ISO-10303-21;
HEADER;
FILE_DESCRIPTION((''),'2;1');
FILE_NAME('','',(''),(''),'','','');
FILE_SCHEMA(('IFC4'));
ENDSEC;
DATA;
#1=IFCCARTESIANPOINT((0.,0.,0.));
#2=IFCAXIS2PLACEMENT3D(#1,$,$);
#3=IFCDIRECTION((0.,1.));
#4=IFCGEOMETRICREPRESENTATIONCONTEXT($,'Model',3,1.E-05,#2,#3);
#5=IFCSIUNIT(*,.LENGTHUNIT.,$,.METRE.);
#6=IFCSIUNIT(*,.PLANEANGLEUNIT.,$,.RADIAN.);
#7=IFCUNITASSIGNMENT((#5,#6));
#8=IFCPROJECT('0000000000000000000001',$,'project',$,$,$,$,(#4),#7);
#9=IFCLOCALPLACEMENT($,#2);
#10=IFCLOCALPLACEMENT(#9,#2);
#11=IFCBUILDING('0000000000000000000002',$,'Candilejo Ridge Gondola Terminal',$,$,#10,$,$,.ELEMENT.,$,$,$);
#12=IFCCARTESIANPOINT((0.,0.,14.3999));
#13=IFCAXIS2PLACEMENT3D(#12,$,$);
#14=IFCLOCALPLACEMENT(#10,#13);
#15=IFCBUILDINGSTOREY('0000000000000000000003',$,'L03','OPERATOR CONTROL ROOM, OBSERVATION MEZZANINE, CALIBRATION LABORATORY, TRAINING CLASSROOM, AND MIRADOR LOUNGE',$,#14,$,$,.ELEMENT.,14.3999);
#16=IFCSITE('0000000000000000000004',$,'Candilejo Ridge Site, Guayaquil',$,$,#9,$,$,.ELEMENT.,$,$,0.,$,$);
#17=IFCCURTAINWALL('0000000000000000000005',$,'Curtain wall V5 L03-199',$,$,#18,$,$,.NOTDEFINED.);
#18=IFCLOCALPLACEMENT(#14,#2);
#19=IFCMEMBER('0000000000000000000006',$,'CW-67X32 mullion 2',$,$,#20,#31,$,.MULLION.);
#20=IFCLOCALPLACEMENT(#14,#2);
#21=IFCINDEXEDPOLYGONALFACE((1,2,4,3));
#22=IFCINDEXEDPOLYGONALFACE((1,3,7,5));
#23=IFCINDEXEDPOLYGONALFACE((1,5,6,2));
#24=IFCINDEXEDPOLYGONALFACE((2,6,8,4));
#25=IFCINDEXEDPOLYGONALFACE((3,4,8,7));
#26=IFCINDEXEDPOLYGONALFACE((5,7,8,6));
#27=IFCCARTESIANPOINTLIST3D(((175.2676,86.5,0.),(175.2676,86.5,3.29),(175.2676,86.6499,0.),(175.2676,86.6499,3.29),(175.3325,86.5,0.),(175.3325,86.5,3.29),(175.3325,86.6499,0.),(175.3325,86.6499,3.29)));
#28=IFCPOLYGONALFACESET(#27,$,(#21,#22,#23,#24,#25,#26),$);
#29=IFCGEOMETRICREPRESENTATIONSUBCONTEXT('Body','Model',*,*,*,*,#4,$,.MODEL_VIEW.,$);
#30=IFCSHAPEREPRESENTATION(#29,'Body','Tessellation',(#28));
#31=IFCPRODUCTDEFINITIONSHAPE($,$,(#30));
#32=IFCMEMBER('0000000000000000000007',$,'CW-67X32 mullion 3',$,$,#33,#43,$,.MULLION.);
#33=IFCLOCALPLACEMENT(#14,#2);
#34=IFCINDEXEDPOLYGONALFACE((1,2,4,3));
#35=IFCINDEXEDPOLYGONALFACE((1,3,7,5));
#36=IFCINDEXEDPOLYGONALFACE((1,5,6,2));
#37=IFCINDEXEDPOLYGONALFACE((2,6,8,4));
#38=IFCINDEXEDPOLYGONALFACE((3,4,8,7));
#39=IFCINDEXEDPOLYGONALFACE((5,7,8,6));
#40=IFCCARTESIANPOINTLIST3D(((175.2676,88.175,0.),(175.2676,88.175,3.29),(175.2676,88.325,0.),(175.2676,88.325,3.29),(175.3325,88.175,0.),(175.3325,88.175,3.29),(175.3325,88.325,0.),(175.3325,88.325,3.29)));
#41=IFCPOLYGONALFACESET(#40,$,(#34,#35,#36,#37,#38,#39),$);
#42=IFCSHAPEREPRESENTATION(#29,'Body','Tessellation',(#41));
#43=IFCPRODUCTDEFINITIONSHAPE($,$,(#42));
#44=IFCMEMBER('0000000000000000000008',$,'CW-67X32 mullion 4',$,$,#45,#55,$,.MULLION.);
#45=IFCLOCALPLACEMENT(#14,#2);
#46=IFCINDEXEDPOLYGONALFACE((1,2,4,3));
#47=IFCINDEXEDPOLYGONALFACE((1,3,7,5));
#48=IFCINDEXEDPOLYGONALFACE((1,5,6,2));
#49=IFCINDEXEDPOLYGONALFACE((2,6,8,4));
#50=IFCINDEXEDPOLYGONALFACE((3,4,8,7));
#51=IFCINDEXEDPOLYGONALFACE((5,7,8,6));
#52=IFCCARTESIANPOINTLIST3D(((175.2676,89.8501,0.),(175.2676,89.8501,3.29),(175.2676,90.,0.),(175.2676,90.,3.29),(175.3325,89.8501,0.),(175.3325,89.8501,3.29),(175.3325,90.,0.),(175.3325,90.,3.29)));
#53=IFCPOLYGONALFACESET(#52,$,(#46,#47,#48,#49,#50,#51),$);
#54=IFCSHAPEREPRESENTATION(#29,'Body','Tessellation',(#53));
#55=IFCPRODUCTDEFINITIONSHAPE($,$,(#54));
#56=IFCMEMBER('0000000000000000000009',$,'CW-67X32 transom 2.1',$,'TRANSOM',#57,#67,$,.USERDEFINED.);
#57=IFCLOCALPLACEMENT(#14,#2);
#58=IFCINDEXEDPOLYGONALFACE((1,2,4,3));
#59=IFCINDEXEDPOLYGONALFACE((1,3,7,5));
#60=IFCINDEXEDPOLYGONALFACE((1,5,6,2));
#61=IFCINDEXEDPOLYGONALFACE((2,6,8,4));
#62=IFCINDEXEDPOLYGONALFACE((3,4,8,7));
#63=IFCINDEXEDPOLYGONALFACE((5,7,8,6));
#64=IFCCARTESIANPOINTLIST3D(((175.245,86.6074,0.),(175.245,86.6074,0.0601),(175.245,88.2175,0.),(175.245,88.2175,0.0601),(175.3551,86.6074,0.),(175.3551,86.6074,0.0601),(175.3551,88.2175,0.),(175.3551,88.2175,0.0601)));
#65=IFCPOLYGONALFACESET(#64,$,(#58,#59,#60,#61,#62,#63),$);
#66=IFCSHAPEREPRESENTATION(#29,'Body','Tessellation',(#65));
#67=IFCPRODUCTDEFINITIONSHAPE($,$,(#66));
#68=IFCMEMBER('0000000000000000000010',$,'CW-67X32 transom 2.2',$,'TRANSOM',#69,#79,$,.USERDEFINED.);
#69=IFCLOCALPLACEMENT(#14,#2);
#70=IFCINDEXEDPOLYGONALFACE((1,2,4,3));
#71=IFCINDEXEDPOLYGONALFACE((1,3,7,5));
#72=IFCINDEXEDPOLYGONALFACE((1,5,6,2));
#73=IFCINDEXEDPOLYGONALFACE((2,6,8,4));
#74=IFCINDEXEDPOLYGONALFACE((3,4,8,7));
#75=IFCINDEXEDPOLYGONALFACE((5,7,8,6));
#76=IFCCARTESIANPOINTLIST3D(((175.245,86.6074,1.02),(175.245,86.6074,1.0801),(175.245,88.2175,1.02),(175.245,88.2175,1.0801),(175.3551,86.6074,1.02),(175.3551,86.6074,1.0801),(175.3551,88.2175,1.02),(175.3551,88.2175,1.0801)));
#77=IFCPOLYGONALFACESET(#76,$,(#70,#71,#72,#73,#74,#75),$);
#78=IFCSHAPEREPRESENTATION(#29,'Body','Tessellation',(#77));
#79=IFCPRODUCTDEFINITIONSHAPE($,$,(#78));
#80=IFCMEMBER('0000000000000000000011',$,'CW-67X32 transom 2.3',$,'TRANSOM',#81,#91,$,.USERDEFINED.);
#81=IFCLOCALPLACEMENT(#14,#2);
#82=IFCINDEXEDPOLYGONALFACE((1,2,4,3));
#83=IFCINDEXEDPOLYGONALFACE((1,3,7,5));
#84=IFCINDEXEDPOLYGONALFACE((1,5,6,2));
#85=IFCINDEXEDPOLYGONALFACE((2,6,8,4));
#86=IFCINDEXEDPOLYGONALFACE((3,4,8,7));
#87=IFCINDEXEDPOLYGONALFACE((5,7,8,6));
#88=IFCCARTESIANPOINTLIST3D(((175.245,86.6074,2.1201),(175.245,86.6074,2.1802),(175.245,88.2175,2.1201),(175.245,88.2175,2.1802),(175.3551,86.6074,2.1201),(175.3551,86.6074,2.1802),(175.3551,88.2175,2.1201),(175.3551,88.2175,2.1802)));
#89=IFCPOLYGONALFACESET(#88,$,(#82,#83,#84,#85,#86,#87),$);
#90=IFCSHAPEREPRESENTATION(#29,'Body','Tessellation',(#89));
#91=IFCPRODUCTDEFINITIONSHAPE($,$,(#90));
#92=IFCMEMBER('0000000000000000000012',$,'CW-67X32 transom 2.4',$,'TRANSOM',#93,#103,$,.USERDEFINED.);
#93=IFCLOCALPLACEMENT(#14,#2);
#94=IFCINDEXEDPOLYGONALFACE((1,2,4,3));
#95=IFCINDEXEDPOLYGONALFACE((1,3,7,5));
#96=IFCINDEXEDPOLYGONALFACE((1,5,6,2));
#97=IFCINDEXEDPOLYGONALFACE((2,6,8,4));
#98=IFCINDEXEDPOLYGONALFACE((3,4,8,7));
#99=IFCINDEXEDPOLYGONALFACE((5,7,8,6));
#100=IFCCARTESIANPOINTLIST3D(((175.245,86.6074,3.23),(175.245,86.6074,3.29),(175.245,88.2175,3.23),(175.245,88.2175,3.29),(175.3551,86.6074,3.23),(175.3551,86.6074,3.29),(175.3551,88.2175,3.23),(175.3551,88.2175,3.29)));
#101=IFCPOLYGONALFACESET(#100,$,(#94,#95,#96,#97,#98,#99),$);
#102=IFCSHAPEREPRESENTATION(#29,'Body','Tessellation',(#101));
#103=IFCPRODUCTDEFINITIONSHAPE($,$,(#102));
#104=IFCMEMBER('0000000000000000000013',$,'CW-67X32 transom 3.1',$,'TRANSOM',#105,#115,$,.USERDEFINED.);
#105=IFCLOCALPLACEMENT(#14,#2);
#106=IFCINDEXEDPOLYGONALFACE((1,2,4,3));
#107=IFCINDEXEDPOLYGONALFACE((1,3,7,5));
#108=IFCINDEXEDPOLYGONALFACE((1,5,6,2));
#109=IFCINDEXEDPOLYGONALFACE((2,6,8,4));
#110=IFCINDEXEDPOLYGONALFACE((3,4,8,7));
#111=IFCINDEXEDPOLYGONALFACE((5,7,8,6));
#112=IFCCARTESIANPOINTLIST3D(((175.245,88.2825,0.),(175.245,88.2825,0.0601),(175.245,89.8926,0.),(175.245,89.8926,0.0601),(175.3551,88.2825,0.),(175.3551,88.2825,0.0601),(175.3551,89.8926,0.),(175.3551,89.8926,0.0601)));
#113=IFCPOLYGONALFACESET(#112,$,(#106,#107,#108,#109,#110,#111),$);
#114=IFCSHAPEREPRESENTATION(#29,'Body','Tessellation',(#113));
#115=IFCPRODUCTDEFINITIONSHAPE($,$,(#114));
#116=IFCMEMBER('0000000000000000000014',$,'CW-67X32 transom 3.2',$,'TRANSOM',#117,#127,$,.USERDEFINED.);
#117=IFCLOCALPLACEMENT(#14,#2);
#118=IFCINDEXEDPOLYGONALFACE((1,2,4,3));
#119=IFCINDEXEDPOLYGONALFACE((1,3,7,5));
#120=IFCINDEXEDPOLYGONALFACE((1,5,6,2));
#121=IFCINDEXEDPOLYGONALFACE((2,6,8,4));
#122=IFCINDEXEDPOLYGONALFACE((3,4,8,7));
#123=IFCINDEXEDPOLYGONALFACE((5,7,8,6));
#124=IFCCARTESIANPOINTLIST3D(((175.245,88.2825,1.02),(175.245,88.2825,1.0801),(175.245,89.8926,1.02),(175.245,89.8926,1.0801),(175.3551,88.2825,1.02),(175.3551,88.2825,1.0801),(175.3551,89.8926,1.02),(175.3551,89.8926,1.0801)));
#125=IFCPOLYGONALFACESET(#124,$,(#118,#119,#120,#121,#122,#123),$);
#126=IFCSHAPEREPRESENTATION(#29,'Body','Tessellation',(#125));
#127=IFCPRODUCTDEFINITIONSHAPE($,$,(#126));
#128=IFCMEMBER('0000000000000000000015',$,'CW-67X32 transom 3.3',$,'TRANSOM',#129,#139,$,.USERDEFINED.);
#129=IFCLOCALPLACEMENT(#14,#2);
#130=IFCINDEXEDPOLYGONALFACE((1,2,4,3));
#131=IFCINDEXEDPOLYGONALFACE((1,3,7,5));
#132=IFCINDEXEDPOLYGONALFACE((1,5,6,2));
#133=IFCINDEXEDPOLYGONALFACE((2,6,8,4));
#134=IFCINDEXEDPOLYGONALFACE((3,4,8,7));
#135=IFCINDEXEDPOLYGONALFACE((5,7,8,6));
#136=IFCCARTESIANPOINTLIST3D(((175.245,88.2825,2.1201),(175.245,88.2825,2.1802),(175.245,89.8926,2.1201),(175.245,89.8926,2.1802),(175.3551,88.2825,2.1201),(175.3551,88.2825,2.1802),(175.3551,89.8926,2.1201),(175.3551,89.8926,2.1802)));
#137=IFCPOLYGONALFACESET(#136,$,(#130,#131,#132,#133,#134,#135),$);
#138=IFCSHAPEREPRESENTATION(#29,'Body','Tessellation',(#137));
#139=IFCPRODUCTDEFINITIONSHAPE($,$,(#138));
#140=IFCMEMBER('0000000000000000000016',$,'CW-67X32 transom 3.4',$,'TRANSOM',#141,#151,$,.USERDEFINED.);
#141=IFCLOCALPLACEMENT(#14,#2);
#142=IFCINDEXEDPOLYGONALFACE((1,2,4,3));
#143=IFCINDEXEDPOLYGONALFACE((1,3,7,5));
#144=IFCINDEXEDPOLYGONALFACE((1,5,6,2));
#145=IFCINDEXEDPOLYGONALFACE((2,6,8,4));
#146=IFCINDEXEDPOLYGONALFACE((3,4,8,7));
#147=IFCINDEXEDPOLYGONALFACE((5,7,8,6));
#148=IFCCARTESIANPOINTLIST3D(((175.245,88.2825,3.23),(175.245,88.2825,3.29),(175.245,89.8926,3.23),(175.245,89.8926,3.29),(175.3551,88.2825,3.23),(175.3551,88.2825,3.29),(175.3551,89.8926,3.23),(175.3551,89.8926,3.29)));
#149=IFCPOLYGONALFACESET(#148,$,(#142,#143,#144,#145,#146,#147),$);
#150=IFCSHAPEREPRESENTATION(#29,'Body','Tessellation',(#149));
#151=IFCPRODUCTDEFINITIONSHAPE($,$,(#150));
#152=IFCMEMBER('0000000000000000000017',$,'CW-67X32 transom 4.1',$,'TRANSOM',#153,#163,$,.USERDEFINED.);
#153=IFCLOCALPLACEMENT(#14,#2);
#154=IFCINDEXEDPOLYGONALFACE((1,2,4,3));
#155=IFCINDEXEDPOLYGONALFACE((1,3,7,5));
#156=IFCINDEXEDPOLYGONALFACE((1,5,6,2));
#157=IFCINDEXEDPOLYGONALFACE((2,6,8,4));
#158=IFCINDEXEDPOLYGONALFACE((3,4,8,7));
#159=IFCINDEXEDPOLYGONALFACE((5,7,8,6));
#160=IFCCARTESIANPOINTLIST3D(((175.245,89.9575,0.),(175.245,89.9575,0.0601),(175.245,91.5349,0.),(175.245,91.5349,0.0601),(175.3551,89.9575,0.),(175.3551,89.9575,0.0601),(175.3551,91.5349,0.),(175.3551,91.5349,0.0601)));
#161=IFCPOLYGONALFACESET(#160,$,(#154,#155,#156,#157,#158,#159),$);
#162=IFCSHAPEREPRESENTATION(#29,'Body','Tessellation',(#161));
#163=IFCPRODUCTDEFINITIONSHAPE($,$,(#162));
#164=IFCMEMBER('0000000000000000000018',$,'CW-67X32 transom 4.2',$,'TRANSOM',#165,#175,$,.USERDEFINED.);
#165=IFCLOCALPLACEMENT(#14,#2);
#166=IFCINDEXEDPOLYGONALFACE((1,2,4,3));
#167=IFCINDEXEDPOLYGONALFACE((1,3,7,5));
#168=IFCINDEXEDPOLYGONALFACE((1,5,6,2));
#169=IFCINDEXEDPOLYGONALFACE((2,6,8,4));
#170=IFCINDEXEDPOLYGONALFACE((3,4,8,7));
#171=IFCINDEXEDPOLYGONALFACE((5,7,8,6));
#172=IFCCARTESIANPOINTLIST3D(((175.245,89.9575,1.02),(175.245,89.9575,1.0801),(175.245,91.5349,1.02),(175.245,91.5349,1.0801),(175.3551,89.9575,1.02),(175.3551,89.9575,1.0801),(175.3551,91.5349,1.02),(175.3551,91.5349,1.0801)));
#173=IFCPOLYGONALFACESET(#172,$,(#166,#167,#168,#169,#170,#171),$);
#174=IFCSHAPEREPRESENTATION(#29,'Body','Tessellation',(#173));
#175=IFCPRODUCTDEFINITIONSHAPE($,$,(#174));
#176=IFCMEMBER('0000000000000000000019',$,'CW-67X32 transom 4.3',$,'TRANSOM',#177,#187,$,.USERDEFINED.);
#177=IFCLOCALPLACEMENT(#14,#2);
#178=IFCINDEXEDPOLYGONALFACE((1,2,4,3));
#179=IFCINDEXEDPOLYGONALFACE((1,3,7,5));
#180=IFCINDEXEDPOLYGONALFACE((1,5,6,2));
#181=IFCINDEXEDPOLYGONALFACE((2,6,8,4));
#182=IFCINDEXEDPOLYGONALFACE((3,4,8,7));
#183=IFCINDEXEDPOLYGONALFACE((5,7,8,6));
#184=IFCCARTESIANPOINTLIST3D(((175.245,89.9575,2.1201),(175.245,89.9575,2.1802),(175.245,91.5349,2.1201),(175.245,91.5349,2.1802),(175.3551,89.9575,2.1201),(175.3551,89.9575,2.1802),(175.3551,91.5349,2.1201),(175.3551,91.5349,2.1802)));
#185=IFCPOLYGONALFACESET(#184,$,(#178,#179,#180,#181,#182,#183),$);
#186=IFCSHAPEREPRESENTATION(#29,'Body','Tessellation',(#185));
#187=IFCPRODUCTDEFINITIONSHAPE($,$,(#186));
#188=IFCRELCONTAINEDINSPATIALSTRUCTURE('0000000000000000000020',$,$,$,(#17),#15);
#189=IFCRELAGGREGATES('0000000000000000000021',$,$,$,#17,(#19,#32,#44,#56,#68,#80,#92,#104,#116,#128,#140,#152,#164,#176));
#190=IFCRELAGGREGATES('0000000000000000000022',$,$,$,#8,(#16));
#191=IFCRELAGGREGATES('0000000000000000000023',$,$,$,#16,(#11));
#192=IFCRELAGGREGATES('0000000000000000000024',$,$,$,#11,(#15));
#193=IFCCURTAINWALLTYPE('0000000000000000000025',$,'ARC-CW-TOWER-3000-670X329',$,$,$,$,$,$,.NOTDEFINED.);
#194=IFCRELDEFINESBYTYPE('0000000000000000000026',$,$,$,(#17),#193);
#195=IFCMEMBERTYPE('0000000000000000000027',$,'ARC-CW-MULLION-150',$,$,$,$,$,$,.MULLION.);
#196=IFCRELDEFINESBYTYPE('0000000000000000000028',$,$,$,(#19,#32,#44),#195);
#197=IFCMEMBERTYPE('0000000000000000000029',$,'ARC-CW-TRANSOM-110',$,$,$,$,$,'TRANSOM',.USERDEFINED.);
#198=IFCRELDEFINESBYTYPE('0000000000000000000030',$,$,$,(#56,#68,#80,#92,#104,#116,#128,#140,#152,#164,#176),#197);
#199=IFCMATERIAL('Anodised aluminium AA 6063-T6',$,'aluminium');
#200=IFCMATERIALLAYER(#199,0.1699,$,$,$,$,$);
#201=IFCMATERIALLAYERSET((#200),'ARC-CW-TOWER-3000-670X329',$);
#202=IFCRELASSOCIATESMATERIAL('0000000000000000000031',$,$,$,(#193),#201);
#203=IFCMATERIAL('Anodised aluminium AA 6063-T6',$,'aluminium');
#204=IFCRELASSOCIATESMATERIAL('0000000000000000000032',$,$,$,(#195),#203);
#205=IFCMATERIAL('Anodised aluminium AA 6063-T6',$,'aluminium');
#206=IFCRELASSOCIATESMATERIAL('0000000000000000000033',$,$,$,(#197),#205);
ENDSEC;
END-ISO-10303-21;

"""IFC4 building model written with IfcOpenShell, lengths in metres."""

from ifc_helpers import new_model, si_unit, direction, frame, origin, origin_2d, place, context, subcontext, project, spatial, rectangle, extrude, material, layer, layer_set, material_profile, profile_set, type_object, element, aggregate, save


model = new_model("IFC4")

# Units and contexts
model_context = context("Model", 3, precision=1e-05, world=origin(), true_north=direction((0.0, 1.0)))
body_context = subcontext(model_context, "Body", "Model", "MODEL_VIEW")
ifc_project = project(units=[si_unit("LENGTHUNIT", "METRE"), si_unit("PLANEANGLEUNIT", "RADIAN")], contexts=[model_context])

# Site, building, storey
site_placement = place(None, origin())
site = spatial("IfcSite", under=ifc_project, at=site_placement, Name="Candilejo Ridge Site, Guayaquil", CompositionType="ELEMENT", RefElevation=0.0)
building_placement = place(site_placement, origin())
building = spatial("IfcBuilding", under=site, at=building_placement, Name="Candilejo Ridge Gondola Terminal", CompositionType="ELEMENT")
storey_placement = place(building_placement, frame((0.0, 0.0, 14.3999)))
storey = spatial("IfcBuildingStorey", under=building, at=storey_placement, Name="L03", Description="OPERATOR CONTROL ROOM, OBSERVATION MEZZANINE, CALIBRATION LABORATORY, TRAINING CLASSROOM, AND MIRADOR LOUNGE", CompositionType="ELEMENT", Elevation=14.3999)

# Curtain wall, members
ifc_material_1 = material(Name="Anodised aluminium AA 6063-T6", Category="aluminium")
ifc_layer_1 = layer(ifc_material_1, 0.1699)
ifc_layer_set_1 = layer_set([ifc_layer_1], Name="ARC-CW-TOWER-3000-670X329")
curtain_wall_type = type_object("IfcCurtainWallType", Name="ARC-CW-TOWER-3000-670X329", PredefinedType="NOTDEFINED", material=ifc_layer_set_1)
curtain_wall_placement = place(storey_placement, origin())
curtain_wall = element("IfcCurtainWall", 1, at=curtain_wall_placement, inside=storey, type_object=curtain_wall_type, Name="Curtain wall V5 L03-199", PredefinedType="NOTDEFINED")
ifc_material_2 = material(Name="Anodised aluminium AA 6063-T6", Category="aluminium")
ifc_material_profile_1 = material_profile(ifc_material_2, rectangle(XDim=0.0649, YDim=0.1499, at=origin_2d()))
ifc_profile_set_1 = profile_set([ifc_material_profile_1], Name="Anodised aluminium AA 6063-T6")
member_type_1 = type_object("IfcMemberType", Name="ARC-CW-MULLION-150", PredefinedType="MULLION", material=ifc_profile_set_1)
member_1_placement = place(storey_placement, frame((175.3, 86.575, 0.0), z_axis=(0.0, 0.0, 1.0), x_axis=(-1.0, 0.0, 0.0)))
member_1 = element("IfcMember", 2, at=member_1_placement, type_object=member_type_1, Name="CW-67X32 mullion 2", PredefinedType="MULLION", context=body_context, shape_type="SweptSolid", body=[
    extrude(rectangle(XDim=0.0649, YDim=0.1499, at=origin_2d()), origin(), (0.0, 0.0, 1.0), 3.29),
])
member_2_placement = place(storey_placement, frame((175.3, 88.25, 0.0), z_axis=(0.0, 0.0, 1.0), x_axis=(-1.0, 0.0, 0.0)))
member_2 = element("IfcMember", 3, at=member_2_placement, type_object=member_type_1, Name="CW-67X32 mullion 3", PredefinedType="MULLION", context=body_context, shape_type="SweptSolid", body=[
    extrude(rectangle(XDim=0.0649, YDim=0.1499, at=origin_2d()), origin(), (0.0, 0.0, 1.0), 3.29),
])
member_3_placement = place(storey_placement, frame((175.3, 89.925, 0.0), z_axis=(0.0, 0.0, 1.0), x_axis=(-1.0, 0.0, 0.0)))
member_3 = element("IfcMember", 4, at=member_3_placement, type_object=member_type_1, Name="CW-67X32 mullion 4", PredefinedType="MULLION", context=body_context, shape_type="SweptSolid", body=[
    extrude(rectangle(XDim=0.0649, YDim=0.1499, at=origin_2d()), origin(), (0.0, 0.0, 1.0), 3.29),
])
ifc_material_3 = material(Name="Anodised aluminium AA 6063-T6", Category="aluminium")
ifc_material_profile_2 = material_profile(ifc_material_3, rectangle(XDim=0.1101, YDim=0.0601, at=origin_2d()))
ifc_profile_set_2 = profile_set([ifc_material_profile_2], Name="Anodised aluminium AA 6063-T6")
member_type_2 = type_object("IfcMemberType", Name="ARC-CW-TRANSOM-110", ElementType="TRANSOM", PredefinedType="USERDEFINED", material=ifc_profile_set_2)
member_4_placement = place(storey_placement, frame((175.3, 86.6074, 0.03), z_axis=(0.0, 1.0, 0.0), x_axis=(-1.0, 0.0, 0.0)))
member_4 = element("IfcMember", 5, at=member_4_placement, type_object=member_type_2, Name="CW-67X32 transom 2.1", ObjectType="TRANSOM", PredefinedType="USERDEFINED", context=body_context, shape_type="SweptSolid", body=[
    extrude(rectangle(XDim=0.1101, YDim=0.0601, at=origin_2d()), origin(), (0.0, 0.0, 1.0), 1.6101),
])
member_5_placement = place(storey_placement, frame((175.3, 86.6074, 1.05), z_axis=(0.0, 1.0, 0.0), x_axis=(-1.0, 0.0, 0.0)))
member_5 = element("IfcMember", 6, at=member_5_placement, type_object=member_type_2, Name="CW-67X32 transom 2.2", ObjectType="TRANSOM", PredefinedType="USERDEFINED", context=body_context, shape_type="SweptSolid", body=[
    extrude(rectangle(XDim=0.1101, YDim=0.0601, at=origin_2d()), origin(), (0.0, 0.0, 1.0), 1.6101),
])
member_6_placement = place(storey_placement, frame((175.3, 86.6074, 2.1501), z_axis=(0.0, 1.0, 0.0), x_axis=(-1.0, 0.0, 0.0)))
member_6 = element("IfcMember", 7, at=member_6_placement, type_object=member_type_2, Name="CW-67X32 transom 2.3", ObjectType="TRANSOM", PredefinedType="USERDEFINED", context=body_context, shape_type="SweptSolid", body=[
    extrude(rectangle(XDim=0.1101, YDim=0.0601, at=origin_2d()), origin(), (0.0, 0.0, 1.0), 1.6101),
])
member_7_placement = place(storey_placement, frame((175.3, 86.6074, 3.26), z_axis=(0.0, 1.0, 0.0), x_axis=(-1.0, 0.0, 0.0)))
member_7 = element("IfcMember", 8, at=member_7_placement, type_object=member_type_2, Name="CW-67X32 transom 2.4", ObjectType="TRANSOM", PredefinedType="USERDEFINED", context=body_context, shape_type="SweptSolid", body=[
    extrude(rectangle(XDim=0.1101, YDim=0.0601, at=origin_2d()), origin(), (0.0, 0.0, 1.0), 1.6101),
])
member_8_placement = place(storey_placement, frame((175.3, 88.2825, 0.03), z_axis=(0.0, 1.0, 0.0), x_axis=(-1.0, 0.0, 0.0)))
member_8 = element("IfcMember", 9, at=member_8_placement, type_object=member_type_2, Name="CW-67X32 transom 3.1", ObjectType="TRANSOM", PredefinedType="USERDEFINED", context=body_context, shape_type="SweptSolid", body=[
    extrude(rectangle(XDim=0.1101, YDim=0.0601, at=origin_2d()), origin(), (0.0, 0.0, 1.0), 1.6101),
])
member_9_placement = place(storey_placement, frame((175.3, 88.2825, 1.05), z_axis=(0.0, 1.0, 0.0), x_axis=(-1.0, 0.0, 0.0)))
member_9 = element("IfcMember", 10, at=member_9_placement, type_object=member_type_2, Name="CW-67X32 transom 3.2", ObjectType="TRANSOM", PredefinedType="USERDEFINED", context=body_context, shape_type="SweptSolid", body=[
    extrude(rectangle(XDim=0.1101, YDim=0.0601, at=origin_2d()), origin(), (0.0, 0.0, 1.0), 1.6101),
])
member_10_placement = place(storey_placement, frame((175.3, 88.2825, 2.1501), z_axis=(0.0, 1.0, 0.0), x_axis=(-1.0, 0.0, 0.0)))
member_10 = element("IfcMember", 11, at=member_10_placement, type_object=member_type_2, Name="CW-67X32 transom 3.3", ObjectType="TRANSOM", PredefinedType="USERDEFINED", context=body_context, shape_type="SweptSolid", body=[
    extrude(rectangle(XDim=0.1101, YDim=0.0601, at=origin_2d()), origin(), (0.0, 0.0, 1.0), 1.6101),
])
member_11_placement = place(storey_placement, frame((175.3, 88.2825, 3.26), z_axis=(0.0, 1.0, 0.0), x_axis=(-1.0, 0.0, 0.0)))
member_11 = element("IfcMember", 12, at=member_11_placement, type_object=member_type_2, Name="CW-67X32 transom 3.4", ObjectType="TRANSOM", PredefinedType="USERDEFINED", context=body_context, shape_type="SweptSolid", body=[
    extrude(rectangle(XDim=0.1101, YDim=0.0601, at=origin_2d()), origin(), (0.0, 0.0, 1.0), 1.6101),
])
member_12_placement = place(storey_placement, frame((175.3, 89.9575, 0.03), z_axis=(0.0, 1.0, 0.0), x_axis=(-1.0, 0.0, 0.0)))
member_12 = element("IfcMember", 13, at=member_12_placement, type_object=member_type_2, Name="CW-67X32 transom 4.1", ObjectType="TRANSOM", PredefinedType="USERDEFINED", context=body_context, shape_type="SweptSolid", body=[
    extrude(rectangle(XDim=0.1101, YDim=0.0601, at=origin_2d()), origin(), (0.0, 0.0, 1.0), 1.5774),
])
member_13_placement = place(storey_placement, frame((175.3, 89.9575, 1.05), z_axis=(0.0, 1.0, 0.0), x_axis=(-1.0, 0.0, 0.0)))
member_13 = element("IfcMember", 14, at=member_13_placement, type_object=member_type_2, Name="CW-67X32 transom 4.2", ObjectType="TRANSOM", PredefinedType="USERDEFINED", context=body_context, shape_type="SweptSolid", body=[
    extrude(rectangle(XDim=0.1101, YDim=0.0601, at=origin_2d()), origin(), (0.0, 0.0, 1.0), 1.5774),
])
member_14_placement = place(storey_placement, frame((175.3, 89.9575, 2.1501), z_axis=(0.0, 1.0, 0.0), x_axis=(-1.0, 0.0, 0.0)))
member_14 = element("IfcMember", 15, at=member_14_placement, type_object=member_type_2, Name="CW-67X32 transom 4.3", ObjectType="TRANSOM", PredefinedType="USERDEFINED", context=body_context, shape_type="SweptSolid", body=[
    extrude(rectangle(XDim=0.1101, YDim=0.0601, at=origin_2d()), origin(), (0.0, 0.0, 1.0), 1.5774),
])

aggregate(curtain_wall, [member_1, member_2, member_3, member_4, member_5, member_6, member_7, member_8, member_9, member_10, member_11, member_12, member_13, member_14])

save(model, "model.ifc")
